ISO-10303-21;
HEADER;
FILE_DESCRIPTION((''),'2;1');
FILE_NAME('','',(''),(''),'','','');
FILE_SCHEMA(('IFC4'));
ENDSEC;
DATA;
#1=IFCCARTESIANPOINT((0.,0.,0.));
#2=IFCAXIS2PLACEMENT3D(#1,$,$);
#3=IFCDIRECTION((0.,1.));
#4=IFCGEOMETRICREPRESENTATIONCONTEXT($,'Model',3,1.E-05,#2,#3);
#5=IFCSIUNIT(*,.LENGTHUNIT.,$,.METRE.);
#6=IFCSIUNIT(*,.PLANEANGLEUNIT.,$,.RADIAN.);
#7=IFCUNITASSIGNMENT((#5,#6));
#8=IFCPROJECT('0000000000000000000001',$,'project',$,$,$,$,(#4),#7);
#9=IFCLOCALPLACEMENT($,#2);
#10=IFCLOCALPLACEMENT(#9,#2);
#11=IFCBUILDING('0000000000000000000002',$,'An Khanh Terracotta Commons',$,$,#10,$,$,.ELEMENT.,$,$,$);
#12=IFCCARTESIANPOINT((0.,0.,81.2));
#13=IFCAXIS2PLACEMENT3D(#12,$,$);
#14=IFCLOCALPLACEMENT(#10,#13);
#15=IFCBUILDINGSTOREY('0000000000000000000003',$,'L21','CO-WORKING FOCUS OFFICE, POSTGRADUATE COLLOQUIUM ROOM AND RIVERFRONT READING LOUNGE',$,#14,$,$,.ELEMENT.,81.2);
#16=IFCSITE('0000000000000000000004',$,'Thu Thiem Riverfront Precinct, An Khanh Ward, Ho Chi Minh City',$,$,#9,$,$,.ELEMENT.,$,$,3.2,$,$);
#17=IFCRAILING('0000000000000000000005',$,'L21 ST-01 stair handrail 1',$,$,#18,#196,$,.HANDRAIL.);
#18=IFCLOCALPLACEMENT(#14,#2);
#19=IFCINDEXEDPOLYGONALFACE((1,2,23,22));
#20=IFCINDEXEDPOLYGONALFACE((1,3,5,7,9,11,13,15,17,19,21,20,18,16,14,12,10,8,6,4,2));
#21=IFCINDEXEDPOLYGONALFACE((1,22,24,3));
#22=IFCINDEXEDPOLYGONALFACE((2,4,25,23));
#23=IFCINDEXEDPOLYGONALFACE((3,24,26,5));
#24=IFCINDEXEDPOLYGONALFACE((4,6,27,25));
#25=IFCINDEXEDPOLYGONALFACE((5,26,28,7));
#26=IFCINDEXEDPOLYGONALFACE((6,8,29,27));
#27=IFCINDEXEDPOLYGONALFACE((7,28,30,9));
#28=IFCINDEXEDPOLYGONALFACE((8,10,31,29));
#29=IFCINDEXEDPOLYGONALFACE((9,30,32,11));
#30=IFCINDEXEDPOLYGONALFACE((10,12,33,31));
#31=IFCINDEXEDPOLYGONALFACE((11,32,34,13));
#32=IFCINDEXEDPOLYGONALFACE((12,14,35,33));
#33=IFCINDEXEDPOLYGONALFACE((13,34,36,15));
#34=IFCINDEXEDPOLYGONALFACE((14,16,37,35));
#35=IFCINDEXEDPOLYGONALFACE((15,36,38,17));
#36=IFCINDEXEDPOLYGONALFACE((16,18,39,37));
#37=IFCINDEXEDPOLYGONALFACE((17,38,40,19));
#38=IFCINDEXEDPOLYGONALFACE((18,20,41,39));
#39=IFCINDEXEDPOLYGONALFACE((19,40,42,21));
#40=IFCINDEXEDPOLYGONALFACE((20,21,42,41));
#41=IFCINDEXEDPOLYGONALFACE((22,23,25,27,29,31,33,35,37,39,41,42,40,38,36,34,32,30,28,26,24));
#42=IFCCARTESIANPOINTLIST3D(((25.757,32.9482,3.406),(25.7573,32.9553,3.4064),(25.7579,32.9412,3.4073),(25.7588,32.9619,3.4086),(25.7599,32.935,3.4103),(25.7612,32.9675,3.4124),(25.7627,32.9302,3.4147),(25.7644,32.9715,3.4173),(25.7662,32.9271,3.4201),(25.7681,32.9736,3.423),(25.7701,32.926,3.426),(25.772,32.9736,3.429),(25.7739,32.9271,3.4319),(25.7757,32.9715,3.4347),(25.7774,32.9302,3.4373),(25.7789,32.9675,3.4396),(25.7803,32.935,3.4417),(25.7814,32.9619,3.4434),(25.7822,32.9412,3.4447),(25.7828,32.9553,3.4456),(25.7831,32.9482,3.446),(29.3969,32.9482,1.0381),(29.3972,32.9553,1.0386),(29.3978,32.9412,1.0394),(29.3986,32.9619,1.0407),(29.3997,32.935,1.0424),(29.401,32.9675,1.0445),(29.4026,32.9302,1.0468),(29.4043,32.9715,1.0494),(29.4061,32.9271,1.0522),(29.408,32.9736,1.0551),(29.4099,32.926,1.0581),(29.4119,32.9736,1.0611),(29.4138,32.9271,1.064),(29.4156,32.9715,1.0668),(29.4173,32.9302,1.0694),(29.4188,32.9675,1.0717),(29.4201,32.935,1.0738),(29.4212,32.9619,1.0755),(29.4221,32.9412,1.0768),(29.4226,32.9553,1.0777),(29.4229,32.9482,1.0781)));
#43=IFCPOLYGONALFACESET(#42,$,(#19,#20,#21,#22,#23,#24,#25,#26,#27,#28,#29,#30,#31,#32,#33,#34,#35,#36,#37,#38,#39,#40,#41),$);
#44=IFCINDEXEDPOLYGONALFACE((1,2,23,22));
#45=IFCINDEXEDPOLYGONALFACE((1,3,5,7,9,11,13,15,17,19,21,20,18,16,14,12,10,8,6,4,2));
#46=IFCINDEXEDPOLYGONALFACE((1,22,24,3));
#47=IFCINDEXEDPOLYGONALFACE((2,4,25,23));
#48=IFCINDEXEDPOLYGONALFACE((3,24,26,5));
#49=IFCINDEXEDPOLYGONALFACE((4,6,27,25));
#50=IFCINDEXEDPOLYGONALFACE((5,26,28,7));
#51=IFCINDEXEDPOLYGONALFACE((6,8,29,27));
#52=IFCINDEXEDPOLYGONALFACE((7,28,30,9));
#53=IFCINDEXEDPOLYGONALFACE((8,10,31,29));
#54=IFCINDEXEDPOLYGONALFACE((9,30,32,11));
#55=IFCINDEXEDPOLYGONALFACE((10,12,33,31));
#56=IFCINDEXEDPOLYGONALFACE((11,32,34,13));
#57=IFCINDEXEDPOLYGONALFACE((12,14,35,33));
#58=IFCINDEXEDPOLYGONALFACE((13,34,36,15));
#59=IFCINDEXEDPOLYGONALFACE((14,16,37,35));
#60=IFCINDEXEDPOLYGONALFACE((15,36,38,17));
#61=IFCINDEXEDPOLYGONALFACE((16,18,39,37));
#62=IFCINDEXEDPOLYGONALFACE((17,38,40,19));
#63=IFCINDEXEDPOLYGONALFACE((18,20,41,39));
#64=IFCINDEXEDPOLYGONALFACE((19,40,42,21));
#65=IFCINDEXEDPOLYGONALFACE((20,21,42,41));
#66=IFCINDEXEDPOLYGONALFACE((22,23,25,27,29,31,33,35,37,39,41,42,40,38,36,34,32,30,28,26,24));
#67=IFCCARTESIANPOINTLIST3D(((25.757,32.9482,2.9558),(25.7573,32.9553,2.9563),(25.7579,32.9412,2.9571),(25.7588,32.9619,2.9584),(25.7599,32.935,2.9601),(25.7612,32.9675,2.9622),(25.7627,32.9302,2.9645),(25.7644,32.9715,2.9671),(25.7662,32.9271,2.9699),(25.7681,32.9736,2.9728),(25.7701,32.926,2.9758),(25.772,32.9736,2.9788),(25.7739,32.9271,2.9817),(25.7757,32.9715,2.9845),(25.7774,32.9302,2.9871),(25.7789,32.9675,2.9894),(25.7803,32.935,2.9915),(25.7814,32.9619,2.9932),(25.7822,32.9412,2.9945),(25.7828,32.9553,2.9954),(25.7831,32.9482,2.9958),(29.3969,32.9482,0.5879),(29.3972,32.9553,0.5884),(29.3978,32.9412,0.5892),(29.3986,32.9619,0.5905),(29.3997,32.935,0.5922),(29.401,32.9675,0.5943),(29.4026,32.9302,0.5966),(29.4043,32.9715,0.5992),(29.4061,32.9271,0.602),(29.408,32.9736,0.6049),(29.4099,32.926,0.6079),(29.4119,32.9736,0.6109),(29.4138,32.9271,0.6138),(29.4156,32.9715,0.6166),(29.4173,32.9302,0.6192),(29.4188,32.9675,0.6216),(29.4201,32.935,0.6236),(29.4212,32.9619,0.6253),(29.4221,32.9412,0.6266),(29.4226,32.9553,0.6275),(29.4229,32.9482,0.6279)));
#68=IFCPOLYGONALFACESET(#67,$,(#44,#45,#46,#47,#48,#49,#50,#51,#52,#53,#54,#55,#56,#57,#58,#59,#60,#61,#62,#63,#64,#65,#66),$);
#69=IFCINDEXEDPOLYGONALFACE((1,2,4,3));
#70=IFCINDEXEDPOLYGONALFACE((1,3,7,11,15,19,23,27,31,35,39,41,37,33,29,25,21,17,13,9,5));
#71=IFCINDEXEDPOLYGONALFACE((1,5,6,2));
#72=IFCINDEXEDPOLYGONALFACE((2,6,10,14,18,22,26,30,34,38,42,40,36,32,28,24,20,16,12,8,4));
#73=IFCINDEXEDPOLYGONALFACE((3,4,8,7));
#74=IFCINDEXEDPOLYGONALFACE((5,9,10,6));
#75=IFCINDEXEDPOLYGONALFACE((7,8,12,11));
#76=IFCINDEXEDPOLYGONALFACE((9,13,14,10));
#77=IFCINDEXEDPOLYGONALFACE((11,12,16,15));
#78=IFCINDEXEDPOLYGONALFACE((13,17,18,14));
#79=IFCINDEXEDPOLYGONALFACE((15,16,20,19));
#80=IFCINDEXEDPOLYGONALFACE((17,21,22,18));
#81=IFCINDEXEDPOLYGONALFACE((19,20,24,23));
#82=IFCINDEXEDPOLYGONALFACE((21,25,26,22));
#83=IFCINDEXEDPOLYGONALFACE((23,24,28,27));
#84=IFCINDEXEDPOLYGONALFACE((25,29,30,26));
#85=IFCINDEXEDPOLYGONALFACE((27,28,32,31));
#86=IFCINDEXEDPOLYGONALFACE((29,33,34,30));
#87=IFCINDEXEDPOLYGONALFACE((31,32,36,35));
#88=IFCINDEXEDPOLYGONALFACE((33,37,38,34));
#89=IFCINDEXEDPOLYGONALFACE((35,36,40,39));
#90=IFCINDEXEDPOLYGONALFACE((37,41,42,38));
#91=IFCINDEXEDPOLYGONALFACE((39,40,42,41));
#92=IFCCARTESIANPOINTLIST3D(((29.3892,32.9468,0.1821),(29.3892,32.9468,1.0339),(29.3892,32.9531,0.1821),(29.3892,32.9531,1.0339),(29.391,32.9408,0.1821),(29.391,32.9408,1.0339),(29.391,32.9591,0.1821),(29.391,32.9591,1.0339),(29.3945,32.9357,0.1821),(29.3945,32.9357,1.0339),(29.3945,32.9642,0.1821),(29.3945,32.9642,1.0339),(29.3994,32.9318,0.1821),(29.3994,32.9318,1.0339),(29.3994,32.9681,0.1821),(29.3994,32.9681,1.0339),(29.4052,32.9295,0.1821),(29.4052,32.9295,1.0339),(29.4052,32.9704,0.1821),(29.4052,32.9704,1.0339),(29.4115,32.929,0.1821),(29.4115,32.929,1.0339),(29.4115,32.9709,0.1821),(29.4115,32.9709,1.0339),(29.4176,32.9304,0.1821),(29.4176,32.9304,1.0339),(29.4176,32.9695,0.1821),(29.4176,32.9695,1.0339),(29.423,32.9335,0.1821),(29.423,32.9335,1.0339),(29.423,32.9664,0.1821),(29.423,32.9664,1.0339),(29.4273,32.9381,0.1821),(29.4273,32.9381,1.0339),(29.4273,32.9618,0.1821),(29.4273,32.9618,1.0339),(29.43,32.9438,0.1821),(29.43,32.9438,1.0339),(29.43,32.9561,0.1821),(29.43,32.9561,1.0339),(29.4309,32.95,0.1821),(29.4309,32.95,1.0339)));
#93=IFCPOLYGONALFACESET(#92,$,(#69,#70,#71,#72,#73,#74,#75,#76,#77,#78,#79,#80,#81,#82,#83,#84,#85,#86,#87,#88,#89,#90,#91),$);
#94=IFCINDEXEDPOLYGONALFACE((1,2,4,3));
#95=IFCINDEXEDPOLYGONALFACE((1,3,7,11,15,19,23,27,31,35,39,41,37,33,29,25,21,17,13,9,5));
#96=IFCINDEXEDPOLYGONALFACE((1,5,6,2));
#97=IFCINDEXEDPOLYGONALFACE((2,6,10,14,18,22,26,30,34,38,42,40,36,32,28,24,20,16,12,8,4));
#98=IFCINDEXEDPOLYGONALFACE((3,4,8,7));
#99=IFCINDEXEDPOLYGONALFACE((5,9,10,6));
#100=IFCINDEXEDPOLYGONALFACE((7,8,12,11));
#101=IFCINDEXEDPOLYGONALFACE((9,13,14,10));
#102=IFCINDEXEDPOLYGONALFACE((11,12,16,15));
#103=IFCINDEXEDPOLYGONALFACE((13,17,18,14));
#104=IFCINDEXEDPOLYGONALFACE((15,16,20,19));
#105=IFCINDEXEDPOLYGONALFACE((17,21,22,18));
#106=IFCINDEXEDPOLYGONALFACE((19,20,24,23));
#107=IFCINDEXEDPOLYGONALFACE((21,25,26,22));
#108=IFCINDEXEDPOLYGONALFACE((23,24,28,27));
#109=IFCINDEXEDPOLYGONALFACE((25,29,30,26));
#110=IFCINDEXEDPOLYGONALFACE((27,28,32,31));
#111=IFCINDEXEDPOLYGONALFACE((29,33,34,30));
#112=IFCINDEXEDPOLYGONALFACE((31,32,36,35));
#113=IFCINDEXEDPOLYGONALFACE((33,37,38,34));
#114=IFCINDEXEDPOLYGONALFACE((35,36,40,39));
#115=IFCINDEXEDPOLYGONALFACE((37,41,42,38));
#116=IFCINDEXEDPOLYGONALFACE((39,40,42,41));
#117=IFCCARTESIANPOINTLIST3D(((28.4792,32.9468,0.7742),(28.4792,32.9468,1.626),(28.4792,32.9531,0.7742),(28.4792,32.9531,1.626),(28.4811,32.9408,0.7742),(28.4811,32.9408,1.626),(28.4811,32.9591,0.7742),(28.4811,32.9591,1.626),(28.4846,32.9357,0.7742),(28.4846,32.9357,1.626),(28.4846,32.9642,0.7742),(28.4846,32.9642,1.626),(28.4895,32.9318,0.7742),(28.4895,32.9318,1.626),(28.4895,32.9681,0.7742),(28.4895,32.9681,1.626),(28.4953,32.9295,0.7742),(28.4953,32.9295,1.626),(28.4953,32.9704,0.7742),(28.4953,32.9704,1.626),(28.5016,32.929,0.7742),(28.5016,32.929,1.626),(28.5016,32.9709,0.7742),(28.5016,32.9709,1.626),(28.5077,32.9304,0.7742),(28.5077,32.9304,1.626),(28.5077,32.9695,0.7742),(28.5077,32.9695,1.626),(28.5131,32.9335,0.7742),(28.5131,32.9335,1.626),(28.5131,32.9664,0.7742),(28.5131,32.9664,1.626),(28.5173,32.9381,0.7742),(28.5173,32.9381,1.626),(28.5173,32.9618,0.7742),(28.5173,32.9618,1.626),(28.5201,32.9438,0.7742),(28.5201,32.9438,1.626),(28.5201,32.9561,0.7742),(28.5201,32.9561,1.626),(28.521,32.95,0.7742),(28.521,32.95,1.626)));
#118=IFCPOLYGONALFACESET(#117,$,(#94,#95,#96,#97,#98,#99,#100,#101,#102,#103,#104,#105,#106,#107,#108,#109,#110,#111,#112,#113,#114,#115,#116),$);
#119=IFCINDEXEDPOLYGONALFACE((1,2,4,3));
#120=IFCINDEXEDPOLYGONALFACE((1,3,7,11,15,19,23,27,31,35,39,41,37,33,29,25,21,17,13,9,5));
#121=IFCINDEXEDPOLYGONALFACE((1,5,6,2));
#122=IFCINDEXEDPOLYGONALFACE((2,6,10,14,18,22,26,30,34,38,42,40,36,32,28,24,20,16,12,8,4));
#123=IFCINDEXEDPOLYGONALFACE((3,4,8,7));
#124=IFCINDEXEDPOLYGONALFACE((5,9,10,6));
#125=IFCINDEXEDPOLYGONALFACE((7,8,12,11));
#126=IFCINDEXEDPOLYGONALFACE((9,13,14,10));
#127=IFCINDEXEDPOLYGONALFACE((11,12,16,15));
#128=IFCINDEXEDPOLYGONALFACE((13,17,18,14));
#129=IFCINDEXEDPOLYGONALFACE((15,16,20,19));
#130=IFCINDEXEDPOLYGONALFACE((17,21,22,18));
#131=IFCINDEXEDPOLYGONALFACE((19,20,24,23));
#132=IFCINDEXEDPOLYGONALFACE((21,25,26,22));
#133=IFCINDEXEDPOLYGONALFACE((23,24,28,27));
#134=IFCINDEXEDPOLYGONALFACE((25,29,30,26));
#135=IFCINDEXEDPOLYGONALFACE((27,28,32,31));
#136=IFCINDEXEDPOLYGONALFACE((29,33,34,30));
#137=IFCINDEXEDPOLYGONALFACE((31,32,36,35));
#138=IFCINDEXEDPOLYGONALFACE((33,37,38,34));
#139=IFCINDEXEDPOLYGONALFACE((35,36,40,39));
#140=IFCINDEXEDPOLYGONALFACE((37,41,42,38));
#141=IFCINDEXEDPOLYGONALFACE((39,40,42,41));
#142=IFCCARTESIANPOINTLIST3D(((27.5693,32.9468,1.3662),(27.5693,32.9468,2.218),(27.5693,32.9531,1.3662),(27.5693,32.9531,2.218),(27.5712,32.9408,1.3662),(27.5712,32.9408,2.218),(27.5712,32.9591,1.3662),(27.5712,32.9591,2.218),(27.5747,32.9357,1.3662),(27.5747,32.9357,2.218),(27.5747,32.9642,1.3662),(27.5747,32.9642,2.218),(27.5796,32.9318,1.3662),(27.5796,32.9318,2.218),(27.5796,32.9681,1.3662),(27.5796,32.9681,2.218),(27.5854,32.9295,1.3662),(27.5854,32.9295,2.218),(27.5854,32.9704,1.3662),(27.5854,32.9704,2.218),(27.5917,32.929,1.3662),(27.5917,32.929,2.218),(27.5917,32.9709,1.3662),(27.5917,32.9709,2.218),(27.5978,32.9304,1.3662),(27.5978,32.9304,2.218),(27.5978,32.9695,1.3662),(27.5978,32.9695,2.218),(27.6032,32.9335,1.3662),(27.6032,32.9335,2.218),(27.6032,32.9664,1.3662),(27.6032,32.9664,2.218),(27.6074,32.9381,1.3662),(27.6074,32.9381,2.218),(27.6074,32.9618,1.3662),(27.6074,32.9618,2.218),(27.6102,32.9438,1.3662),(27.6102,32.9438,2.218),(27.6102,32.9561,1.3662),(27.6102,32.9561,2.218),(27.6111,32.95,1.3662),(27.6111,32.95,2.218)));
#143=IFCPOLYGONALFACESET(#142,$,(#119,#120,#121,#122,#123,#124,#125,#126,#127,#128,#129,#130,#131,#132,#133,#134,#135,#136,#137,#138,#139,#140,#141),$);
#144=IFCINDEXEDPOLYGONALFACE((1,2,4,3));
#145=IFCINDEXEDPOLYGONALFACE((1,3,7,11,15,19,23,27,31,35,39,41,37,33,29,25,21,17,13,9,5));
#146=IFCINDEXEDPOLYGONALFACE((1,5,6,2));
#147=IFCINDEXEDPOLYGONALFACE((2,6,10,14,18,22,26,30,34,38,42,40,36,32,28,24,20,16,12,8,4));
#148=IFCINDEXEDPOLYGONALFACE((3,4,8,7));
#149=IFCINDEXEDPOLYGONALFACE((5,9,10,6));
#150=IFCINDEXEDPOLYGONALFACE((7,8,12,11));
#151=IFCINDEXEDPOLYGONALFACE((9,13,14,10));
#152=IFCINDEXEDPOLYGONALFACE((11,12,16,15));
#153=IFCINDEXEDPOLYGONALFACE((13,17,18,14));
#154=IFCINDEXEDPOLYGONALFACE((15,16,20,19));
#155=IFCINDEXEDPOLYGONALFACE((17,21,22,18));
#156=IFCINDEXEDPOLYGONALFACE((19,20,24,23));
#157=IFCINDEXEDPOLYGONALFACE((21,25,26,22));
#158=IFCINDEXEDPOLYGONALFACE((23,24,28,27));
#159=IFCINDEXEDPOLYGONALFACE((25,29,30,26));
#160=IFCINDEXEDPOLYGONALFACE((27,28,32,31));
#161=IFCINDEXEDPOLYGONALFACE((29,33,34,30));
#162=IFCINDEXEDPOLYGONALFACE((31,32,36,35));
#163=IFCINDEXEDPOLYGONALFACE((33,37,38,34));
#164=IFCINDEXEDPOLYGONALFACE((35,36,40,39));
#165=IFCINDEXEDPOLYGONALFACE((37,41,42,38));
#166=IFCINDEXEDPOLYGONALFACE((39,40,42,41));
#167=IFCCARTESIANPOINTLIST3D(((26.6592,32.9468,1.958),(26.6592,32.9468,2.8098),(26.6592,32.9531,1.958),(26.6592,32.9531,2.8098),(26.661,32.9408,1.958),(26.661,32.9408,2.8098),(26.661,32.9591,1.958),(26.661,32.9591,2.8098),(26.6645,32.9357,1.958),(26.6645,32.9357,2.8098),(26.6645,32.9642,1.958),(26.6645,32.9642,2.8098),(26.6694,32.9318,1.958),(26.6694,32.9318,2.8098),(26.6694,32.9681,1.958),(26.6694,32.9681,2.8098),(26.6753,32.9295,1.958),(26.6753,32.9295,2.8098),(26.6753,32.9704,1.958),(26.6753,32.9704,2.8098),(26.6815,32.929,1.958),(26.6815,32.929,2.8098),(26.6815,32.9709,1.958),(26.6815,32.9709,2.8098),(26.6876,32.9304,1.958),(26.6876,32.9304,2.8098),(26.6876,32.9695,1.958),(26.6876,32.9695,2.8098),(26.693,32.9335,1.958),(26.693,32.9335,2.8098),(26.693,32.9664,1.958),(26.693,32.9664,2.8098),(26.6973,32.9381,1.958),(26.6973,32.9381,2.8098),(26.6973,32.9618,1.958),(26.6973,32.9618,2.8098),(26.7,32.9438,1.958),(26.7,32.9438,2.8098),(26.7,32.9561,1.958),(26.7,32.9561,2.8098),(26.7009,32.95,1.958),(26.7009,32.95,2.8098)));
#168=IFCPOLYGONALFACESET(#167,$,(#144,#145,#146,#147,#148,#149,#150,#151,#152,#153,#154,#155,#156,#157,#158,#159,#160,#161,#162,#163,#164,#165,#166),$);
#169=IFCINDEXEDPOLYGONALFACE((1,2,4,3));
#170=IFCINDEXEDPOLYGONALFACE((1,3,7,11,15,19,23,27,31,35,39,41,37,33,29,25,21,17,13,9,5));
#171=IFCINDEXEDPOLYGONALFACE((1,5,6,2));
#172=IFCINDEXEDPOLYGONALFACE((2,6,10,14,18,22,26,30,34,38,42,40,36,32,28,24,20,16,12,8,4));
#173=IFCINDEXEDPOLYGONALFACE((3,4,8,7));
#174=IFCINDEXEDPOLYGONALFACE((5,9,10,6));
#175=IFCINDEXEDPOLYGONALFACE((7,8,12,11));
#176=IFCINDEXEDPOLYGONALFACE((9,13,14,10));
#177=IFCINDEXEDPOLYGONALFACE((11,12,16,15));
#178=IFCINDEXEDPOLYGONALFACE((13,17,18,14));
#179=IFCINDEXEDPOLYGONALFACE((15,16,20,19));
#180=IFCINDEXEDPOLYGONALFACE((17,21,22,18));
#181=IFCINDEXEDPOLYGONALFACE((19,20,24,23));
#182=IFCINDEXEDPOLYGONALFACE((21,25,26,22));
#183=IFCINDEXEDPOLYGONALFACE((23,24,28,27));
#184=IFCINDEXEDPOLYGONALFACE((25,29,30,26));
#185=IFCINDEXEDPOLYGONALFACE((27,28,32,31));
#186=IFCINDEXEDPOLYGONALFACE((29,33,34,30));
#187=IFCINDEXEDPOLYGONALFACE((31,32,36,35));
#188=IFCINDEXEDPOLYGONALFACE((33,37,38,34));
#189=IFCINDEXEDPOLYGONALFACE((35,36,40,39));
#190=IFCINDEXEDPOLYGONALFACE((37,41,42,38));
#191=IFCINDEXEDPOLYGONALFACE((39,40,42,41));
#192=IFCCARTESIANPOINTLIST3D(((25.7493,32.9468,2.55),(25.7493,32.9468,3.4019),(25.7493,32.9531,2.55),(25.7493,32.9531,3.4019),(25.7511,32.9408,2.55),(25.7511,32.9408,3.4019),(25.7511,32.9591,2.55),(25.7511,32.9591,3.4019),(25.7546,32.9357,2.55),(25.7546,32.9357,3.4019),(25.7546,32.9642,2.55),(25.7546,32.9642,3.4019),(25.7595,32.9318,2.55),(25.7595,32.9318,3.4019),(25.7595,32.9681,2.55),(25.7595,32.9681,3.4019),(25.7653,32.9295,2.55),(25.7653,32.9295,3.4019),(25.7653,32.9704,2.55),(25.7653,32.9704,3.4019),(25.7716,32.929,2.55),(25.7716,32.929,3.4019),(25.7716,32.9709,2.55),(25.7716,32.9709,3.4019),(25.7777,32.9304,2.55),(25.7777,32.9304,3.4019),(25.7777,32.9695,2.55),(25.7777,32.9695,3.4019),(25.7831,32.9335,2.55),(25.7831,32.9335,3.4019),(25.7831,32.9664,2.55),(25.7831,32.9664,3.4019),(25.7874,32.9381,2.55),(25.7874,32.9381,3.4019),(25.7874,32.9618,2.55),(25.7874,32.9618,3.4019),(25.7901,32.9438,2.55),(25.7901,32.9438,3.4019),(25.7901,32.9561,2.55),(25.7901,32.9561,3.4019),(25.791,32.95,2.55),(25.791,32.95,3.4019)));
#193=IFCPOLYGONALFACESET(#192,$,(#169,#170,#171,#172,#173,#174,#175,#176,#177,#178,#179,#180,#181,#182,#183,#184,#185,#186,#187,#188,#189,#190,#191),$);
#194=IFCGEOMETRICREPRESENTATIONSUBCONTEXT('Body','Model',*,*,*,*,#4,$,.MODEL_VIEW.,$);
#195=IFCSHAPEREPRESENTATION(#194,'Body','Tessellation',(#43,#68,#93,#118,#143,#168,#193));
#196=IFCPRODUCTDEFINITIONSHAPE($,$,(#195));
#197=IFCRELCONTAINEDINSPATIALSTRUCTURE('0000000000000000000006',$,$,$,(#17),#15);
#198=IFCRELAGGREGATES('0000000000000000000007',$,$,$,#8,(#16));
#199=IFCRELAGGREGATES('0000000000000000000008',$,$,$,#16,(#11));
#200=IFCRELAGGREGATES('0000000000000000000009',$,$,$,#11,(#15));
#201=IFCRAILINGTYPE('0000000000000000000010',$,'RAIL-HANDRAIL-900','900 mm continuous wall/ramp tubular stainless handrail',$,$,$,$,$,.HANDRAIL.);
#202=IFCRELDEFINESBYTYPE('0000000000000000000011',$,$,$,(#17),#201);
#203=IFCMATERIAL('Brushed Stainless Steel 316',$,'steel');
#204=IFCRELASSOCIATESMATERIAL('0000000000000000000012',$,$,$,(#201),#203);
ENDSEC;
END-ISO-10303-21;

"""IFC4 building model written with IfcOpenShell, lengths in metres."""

from ifc_helpers import new_model, si_unit, direction, frame, origin, origin_2d, place, context, subcontext, project, spatial, circle, extrude, material, type_object, element, save


model = new_model("IFC4")

# Units and contexts
model_context = context("Model", 3, precision=1e-05, world=origin(), true_north=direction((0.0, 1.0)))
body_context = subcontext(model_context, "Body", "Model", "MODEL_VIEW")
ifc_project = project(units=[si_unit("LENGTHUNIT", "METRE"), si_unit("PLANEANGLEUNIT", "RADIAN")], contexts=[model_context])

# Site, building, storey
site_placement = place(None, origin())
site = spatial("IfcSite", under=ifc_project, at=site_placement, Name="Thu Thiem Riverfront Precinct, An Khanh Ward, Ho Chi Minh City", CompositionType="ELEMENT", RefElevation=3.2)
building_placement = place(site_placement, origin())
building = spatial("IfcBuilding", under=site, at=building_placement, Name="An Khanh Terracotta Commons", CompositionType="ELEMENT")
storey_placement = place(building_placement, frame((0.0, 0.0, 81.2)))
storey = spatial("IfcBuildingStorey", under=building, at=storey_placement, Name="L21", Description="CO-WORKING FOCUS OFFICE, POSTGRADUATE COLLOQUIUM ROOM AND RIVERFRONT READING LOUNGE", CompositionType="ELEMENT", Elevation=81.2)

# Railing
ifc_material_1 = material(Name="Brushed Stainless Steel 316", Category="steel")
railing_type_1 = type_object("IfcRailingType", Name="RAIL-HANDRAIL-900", Description="900 mm continuous wall/ramp tubular stainless handrail", PredefinedType="HANDRAIL", material=ifc_material_1)
railing_1_placement = place(storey_placement, frame((29.4099, 32.95, 0.1821)))
element("IfcRailing", 1, at=railing_1_placement, inside=storey, type_object=railing_type_1, Name="L21 ST-01 stair handrail 1", PredefinedType="HANDRAIL", context=body_context, shape_type="SweptSolid", body=[
    extrude(circle(Radius=0.0239, at=origin_2d()), frame((0.0, 0.0, 0.876), z_axis=(-0.838234, 0.0, 0.54531), x_axis=(0.0, -1.0, 0.0)), (0.0, 0.0, 1.0), 4.3423),
    extrude(circle(Radius=0.0239, at=origin_2d()), frame((0.0, 0.0, 0.4258), z_axis=(-0.838234, 0.0, 0.54531), x_axis=(0.0, -1.0, 0.0)), (0.0, 0.0, 1.0), 4.3423),
    extrude(circle(Radius=0.021, at=origin_2d()), origin(), (0.0, 0.0, 1.0), 0.8518),
    extrude(circle(Radius=0.021, at=origin_2d()), frame((-0.9099, 0.0, 0.592)), (0.0, 0.0, 1.0), 0.8518),
    extrude(circle(Radius=0.021, at=origin_2d()), frame((-1.8198, 0.0, 1.1841)), (0.0, 0.0, 1.0), 0.8518),
    extrude(circle(Radius=0.021, at=origin_2d()), frame((-2.73, 0.0, 1.7759)), (0.0, 0.0, 1.0), 0.8518),
    extrude(circle(Radius=0.021, at=origin_2d()), frame((-3.6399, 0.0, 2.3679)), (0.0, 0.0, 1.0), 0.8518),
])

save(model, "model.ifc")
